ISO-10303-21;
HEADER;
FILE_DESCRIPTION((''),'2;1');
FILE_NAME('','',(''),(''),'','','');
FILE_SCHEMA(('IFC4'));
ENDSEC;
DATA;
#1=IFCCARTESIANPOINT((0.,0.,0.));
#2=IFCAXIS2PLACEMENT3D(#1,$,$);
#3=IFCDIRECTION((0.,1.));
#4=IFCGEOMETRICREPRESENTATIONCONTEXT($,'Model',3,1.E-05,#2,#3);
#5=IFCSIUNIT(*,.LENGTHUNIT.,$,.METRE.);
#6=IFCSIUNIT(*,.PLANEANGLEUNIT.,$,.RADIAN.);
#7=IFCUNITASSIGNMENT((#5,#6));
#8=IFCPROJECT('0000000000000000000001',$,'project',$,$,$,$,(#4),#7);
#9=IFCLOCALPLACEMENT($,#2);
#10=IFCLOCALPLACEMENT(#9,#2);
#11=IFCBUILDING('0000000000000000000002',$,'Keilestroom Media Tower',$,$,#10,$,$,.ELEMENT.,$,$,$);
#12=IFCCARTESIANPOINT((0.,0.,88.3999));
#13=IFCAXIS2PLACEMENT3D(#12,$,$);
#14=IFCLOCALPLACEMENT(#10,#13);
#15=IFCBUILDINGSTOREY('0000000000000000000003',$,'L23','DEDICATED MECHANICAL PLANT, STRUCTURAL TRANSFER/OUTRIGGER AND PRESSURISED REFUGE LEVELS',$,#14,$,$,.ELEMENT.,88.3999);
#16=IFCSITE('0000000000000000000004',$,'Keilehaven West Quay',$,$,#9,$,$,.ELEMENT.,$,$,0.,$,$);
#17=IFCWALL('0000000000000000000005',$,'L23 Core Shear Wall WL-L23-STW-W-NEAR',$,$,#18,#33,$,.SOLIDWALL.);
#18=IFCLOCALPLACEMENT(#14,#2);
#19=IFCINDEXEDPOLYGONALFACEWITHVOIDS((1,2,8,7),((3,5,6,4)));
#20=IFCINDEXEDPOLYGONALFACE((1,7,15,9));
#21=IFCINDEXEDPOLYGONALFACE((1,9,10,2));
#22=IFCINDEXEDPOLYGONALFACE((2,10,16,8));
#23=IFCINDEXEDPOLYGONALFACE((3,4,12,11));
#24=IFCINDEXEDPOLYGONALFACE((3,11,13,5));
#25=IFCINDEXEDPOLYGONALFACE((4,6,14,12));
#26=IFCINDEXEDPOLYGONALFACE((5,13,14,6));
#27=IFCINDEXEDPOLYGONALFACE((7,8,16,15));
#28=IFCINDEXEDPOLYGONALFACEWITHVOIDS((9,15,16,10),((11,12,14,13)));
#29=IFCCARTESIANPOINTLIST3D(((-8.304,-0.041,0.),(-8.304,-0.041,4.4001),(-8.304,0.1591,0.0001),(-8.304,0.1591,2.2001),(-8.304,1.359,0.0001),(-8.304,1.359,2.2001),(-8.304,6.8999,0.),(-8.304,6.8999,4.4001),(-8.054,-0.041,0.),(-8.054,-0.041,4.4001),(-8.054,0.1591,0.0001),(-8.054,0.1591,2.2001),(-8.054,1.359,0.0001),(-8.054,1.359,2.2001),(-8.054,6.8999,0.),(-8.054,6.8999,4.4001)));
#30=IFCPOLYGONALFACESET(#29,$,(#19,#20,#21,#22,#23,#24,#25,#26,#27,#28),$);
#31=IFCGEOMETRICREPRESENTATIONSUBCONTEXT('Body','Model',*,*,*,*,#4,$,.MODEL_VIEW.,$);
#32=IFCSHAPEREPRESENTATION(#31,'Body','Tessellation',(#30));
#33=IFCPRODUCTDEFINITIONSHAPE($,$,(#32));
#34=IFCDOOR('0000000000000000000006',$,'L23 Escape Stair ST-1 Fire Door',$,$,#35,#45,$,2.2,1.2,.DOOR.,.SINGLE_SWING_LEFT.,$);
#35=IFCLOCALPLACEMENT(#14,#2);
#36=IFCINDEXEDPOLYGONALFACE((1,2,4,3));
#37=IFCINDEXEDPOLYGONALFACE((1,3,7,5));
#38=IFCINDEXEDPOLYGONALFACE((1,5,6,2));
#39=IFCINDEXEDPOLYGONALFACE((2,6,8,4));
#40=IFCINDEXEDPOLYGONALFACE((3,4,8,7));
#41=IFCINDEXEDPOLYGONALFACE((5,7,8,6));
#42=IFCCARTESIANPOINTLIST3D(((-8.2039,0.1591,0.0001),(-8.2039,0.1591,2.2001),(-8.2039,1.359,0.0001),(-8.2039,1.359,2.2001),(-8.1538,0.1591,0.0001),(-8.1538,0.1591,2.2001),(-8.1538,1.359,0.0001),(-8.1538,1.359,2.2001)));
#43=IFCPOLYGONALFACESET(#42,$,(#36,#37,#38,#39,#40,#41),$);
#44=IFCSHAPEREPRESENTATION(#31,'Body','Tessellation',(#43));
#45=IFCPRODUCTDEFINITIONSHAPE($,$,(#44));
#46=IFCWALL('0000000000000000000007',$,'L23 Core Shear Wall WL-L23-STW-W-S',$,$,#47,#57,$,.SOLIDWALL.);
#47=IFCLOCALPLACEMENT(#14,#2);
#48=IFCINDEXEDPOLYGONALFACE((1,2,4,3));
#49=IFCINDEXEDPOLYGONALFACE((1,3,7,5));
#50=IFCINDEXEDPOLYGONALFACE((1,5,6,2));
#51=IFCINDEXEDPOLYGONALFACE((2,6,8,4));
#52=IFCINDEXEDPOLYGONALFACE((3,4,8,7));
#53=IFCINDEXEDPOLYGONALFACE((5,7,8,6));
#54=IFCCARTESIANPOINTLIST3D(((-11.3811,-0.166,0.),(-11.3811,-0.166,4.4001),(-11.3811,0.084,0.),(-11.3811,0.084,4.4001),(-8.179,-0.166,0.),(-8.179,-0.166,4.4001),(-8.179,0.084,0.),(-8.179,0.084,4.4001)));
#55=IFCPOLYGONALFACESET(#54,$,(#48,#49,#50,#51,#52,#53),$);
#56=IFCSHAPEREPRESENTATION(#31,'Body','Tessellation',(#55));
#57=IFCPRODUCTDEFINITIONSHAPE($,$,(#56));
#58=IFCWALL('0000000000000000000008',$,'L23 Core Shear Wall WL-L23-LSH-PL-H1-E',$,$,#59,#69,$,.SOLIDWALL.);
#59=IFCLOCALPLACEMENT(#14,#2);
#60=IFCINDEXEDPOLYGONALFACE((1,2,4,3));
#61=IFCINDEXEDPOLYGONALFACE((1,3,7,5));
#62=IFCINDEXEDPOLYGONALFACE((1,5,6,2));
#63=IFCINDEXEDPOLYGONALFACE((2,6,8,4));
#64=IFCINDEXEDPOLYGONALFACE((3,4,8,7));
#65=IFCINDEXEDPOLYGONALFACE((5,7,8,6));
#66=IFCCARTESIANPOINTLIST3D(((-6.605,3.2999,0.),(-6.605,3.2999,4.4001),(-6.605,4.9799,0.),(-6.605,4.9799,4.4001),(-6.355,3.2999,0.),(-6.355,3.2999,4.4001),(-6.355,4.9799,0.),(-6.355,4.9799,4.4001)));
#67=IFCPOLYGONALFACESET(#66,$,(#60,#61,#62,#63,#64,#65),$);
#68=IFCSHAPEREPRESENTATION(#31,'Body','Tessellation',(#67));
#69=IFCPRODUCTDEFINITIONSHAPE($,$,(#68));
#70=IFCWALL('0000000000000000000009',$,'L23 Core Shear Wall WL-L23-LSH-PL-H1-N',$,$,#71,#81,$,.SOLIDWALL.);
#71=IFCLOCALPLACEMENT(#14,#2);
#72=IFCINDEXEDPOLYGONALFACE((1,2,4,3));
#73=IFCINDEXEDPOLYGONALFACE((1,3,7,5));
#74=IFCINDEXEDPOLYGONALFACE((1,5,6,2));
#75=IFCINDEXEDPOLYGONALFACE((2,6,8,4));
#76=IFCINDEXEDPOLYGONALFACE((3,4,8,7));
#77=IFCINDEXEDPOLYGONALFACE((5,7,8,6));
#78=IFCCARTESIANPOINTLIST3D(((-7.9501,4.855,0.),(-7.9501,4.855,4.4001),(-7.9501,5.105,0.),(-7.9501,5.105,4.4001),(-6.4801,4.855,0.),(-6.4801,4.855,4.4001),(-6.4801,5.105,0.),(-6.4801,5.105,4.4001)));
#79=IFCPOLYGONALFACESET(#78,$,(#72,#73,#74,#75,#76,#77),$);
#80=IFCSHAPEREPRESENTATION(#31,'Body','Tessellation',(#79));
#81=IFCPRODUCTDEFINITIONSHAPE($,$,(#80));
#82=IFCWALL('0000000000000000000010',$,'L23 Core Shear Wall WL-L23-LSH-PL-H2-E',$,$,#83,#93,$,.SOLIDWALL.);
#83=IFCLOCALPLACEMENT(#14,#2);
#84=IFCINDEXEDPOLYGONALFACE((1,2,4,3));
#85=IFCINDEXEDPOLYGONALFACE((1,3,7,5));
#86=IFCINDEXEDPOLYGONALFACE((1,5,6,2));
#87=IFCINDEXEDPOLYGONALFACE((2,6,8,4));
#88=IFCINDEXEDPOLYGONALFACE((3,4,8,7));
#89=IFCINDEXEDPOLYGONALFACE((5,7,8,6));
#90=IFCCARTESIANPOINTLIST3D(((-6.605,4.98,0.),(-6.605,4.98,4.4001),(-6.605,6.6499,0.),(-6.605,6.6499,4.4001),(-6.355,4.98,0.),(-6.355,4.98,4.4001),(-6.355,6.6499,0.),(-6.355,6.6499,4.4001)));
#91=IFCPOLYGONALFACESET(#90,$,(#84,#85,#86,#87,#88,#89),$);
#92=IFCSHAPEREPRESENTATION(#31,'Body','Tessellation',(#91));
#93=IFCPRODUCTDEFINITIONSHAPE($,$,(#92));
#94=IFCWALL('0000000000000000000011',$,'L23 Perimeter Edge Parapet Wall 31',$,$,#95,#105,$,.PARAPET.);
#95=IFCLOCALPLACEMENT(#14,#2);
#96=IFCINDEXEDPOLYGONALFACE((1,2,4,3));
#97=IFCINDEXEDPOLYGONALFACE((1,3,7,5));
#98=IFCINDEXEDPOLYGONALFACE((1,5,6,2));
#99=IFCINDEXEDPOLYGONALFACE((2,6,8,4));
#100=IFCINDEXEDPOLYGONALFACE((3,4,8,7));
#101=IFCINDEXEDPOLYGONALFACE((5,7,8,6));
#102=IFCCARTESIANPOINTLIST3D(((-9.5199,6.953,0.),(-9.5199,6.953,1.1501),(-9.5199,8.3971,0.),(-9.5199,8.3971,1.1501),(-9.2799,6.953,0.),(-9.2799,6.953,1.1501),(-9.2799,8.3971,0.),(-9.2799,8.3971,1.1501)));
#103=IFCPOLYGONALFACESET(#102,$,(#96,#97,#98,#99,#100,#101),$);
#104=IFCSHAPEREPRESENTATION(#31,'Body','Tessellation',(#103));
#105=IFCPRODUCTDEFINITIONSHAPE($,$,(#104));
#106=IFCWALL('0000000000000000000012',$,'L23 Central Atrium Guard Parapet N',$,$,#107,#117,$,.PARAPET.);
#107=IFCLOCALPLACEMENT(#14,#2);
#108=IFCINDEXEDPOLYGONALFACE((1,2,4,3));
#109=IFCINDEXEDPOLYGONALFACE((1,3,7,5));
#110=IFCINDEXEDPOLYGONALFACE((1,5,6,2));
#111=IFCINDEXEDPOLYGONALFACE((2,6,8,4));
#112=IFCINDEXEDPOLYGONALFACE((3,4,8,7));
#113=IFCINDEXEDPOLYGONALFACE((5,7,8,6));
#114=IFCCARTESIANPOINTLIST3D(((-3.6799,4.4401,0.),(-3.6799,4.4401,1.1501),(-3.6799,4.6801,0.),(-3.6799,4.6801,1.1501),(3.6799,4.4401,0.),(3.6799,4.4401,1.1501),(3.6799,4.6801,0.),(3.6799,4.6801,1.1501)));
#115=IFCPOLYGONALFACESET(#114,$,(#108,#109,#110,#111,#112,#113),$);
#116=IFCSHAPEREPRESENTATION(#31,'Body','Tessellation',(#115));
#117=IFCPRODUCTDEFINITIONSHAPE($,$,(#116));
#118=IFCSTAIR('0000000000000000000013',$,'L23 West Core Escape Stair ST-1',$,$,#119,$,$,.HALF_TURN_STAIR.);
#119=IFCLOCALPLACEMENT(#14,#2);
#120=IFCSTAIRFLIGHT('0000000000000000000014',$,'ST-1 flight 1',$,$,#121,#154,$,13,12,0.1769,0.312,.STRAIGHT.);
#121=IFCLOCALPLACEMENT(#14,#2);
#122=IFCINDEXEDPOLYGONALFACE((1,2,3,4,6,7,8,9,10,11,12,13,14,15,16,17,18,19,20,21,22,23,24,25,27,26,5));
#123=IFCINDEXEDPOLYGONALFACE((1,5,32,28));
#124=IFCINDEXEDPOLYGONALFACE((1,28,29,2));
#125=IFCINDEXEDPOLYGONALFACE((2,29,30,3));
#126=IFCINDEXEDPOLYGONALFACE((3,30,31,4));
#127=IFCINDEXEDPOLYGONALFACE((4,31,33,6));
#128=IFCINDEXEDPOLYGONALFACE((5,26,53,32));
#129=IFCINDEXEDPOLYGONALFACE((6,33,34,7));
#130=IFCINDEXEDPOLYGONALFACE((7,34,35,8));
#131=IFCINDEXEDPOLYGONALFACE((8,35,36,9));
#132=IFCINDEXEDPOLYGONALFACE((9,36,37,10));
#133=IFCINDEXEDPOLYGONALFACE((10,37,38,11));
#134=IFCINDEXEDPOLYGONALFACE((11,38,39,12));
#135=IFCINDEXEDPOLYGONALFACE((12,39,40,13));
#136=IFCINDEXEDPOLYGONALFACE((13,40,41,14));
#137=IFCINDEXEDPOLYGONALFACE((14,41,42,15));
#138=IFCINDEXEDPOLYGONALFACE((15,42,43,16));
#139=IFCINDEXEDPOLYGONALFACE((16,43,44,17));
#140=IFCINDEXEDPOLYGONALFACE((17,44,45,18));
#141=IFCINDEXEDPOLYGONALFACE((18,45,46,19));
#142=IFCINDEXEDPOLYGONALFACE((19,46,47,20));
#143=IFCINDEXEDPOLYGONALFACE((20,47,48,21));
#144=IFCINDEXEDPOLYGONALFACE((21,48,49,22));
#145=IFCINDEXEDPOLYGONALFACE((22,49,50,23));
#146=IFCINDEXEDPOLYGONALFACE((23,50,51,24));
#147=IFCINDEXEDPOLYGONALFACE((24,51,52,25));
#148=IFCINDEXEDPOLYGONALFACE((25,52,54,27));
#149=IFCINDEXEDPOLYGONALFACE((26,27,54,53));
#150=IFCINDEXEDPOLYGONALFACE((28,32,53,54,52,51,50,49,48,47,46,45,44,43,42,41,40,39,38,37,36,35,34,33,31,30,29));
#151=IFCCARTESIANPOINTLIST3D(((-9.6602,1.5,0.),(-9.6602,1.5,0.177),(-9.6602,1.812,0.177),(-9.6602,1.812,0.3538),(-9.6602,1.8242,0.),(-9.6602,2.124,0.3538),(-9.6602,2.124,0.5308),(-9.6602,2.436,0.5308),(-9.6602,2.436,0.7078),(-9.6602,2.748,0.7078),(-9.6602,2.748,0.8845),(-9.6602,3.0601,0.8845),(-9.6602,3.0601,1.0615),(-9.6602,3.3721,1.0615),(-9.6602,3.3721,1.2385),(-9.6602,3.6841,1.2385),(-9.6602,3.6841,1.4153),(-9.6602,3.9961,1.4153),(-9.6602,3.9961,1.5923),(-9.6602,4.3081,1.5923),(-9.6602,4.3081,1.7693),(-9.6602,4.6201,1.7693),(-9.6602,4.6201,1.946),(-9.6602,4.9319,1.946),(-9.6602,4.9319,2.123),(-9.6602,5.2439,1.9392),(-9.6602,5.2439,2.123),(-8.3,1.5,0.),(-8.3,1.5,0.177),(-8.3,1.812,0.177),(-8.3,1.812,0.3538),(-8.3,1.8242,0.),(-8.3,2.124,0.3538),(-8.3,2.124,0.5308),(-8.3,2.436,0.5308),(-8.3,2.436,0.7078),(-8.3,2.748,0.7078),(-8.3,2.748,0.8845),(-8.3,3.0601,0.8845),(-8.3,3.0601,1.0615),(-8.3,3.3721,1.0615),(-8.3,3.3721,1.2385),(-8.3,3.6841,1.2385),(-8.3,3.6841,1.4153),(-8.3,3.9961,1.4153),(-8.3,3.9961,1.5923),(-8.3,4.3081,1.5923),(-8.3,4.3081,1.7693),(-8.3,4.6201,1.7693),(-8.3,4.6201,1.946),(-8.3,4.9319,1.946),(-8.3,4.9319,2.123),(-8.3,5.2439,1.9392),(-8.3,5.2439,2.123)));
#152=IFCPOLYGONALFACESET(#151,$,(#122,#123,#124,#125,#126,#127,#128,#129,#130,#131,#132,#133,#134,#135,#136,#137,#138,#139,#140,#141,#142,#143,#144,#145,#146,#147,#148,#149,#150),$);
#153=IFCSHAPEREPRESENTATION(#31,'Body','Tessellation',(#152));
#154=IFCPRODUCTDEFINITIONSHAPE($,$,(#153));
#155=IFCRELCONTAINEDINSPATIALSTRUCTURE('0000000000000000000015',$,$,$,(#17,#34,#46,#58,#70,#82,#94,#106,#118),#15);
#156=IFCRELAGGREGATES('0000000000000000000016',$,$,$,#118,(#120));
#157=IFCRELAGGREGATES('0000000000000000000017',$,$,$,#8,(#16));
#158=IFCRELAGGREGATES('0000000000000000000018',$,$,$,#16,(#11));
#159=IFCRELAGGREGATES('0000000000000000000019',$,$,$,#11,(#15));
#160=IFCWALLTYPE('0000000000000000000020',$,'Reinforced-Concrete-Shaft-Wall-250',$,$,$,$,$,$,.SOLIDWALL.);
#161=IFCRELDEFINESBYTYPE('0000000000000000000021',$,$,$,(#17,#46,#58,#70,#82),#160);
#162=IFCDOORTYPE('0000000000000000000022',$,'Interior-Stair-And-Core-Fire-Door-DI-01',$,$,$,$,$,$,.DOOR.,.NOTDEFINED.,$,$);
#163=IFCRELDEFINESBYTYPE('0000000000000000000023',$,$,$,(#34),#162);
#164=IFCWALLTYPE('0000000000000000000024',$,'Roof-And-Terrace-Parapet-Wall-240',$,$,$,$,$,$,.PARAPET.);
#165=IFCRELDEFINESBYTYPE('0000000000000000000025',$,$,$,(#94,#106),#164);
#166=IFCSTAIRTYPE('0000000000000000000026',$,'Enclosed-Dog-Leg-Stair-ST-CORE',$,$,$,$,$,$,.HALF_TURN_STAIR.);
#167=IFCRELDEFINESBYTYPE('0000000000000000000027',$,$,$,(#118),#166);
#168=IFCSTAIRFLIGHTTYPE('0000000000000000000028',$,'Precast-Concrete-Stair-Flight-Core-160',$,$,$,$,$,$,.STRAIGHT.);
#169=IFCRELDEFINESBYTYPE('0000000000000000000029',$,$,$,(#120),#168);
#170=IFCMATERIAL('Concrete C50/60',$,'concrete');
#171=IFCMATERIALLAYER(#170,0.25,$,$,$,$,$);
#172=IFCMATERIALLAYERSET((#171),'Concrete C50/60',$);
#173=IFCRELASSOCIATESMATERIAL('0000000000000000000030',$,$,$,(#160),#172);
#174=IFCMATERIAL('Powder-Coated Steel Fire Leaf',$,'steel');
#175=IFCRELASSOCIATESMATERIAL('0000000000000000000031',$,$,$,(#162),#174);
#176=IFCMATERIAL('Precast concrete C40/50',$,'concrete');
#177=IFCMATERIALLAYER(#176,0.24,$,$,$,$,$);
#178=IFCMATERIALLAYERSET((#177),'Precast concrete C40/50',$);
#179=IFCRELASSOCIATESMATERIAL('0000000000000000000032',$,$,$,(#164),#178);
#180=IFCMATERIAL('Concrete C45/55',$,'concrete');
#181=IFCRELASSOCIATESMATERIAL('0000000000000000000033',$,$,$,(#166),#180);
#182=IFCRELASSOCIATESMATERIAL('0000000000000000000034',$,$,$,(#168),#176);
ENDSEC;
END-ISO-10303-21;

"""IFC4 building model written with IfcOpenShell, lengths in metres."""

from ifc_helpers import new_model, si_unit, direction, frame, frame_2d, origin, place, context, subcontext, project, spatial, polyline, rectangle, outline, extrude, source, transform, mapped, material, layer, layer_set, type_object, element, fill, aggregate, save


model = new_model("IFC4")

# Units and contexts
model_context = context("Model", 3, precision=1e-05, world=origin(), true_north=direction((0.0, 1.0)))
body_context = subcontext(model_context, "Body", "Model", "MODEL_VIEW")
ifc_project = project(units=[si_unit("LENGTHUNIT", "METRE"), si_unit("PLANEANGLEUNIT", "RADIAN")], contexts=[model_context])

# Site, building, storey
site_placement = place(None, origin())
site = spatial("IfcSite", under=ifc_project, at=site_placement, Name="Keilehaven West Quay", CompositionType="ELEMENT", RefElevation=0.0)
building_placement = place(site_placement, origin())
building = spatial("IfcBuilding", under=site, at=building_placement, Name="Keilestroom Media Tower", CompositionType="ELEMENT")
storey_placement = place(building_placement, frame((0.0, 0.0, 88.3999)))
storey = spatial("IfcBuildingStorey", under=building, at=storey_placement, Name="L23", Description="DEDICATED MECHANICAL PLANT, STRUCTURAL TRANSFER/OUTRIGGER AND PRESSURISED REFUGE LEVELS", CompositionType="ELEMENT", Elevation=88.3999)

# Shared definitions
ifc_material_1 = material(Name="Concrete C50/60", Category="concrete")

# Shared definitions
ifc_layer_1 = layer(ifc_material_1, 0.25)
ifc_layer_set_1 = layer_set([ifc_layer_1], Name="Concrete C50/60")
wall_type_1 = type_object("IfcWallType", Name="Reinforced-Concrete-Shaft-Wall-250", PredefinedType="SOLIDWALL", material=ifc_layer_set_1)

# Wall, opening, door
wall_1_placement = place(storey_placement, frame((-8.179, -0.041, 0.0), z_axis=(0.0, 0.0, 1.0), x_axis=(0.0, 1.0, 0.0)))
wall_1 = element("IfcWall", 1, at=wall_1_placement, inside=storey, type_object=wall_type_1, Name="L23 Core Shear Wall WL-L23-STW-W-NEAR", PredefinedType="SOLIDWALL", context=body_context, shape_type="SweptSolid", body=[
    extrude(rectangle(XDim=6.9409, YDim=0.25, at=frame_2d((3.4705, 0.0))), origin(), (0.0, 0.0, 1.0), 4.4001),
])
opening_placement = place(wall_1_placement, frame((0.2, 0.0, 0.0)))
opening = element("IfcOpeningElement", 2, at=opening_placement, cuts=wall_1, PredefinedType="OPENING", context=body_context, shape_type="SweptSolid", body=[
    extrude(rectangle(XDim=1.2, YDim=2.2, at=frame_2d((0.6001, 1.1001))), frame((0.0, 0.135, 0.0), z_axis=(0.0, -1.0, 0.0), x_axis=(1.0, 0.0, 0.0)), (0.0, 0.0, 1.0), 0.27),
])
ifc_material_2 = material(Name="Powder-Coated Steel Fire Leaf", Category="steel")
door_type = type_object("IfcDoorType", Name="Interior-Stair-And-Core-Fire-Door-DI-01", OperationType="NOTDEFINED", PredefinedType="DOOR", material=ifc_material_2)
shared_shape_1 = source(origin(), body_context, "Body", "SweptSolid", [
    extrude(rectangle(XDim=1.2, YDim=2.2, at=frame_2d((0.6001, 1.1001))), frame((0.0, 0.0249, 0.0), z_axis=(0.0, -1.0, 0.0), x_axis=(1.0, 0.0, 0.0)), (0.0, 0.0, 1.0), 0.05),
])
door_placement = place(opening_placement, origin())
door = element("IfcDoor", 3, at=door_placement, inside=storey, type_object=door_type, Name="L23 Escape Stair ST-1 Fire Door", OperationType="SINGLE_SWING_LEFT", OverallHeight=2.2, OverallWidth=1.2, PredefinedType="DOOR", context=body_context, shape_type="MappedRepresentation", body=[
    mapped(shared_shape_1, transform((0.0, 0.0, 0.0), x_axis=(1.0, 0.0, 0.0), y_axis=(0.0, 1.0, 0.0), z_axis=(0.0, 0.0, 1.0), scale=1.0)),
])
fill(opening, door)

# Walls
wall_2_placement = place(storey_placement, frame((-11.3811, -0.041, 0.0), z_axis=(0.0, 0.0, 1.0), x_axis=(1.0, 0.0, 0.0)))
element("IfcWall", 4, at=wall_2_placement, inside=storey, type_object=wall_type_1, Name="L23 Core Shear Wall WL-L23-STW-W-S", PredefinedType="SOLIDWALL", context=body_context, shape_type="SweptSolid", body=[
    extrude(rectangle(XDim=3.2021, YDim=0.25, at=frame_2d((1.6011, 0.0))), origin(), (0.0, 0.0, 1.0), 4.4001),
])
wall_3_placement = place(storey_placement, frame((-6.48, 3.3, 0.0), z_axis=(0.0, 0.0, 1.0), x_axis=(0.0, 1.0, 0.0)))
element("IfcWall", 5, at=wall_3_placement, inside=storey, type_object=wall_type_1, Name="L23 Core Shear Wall WL-L23-LSH-PL-H1-E", PredefinedType="SOLIDWALL", context=body_context, shape_type="SweptSolid", body=[
    extrude(rectangle(XDim=1.6799, YDim=0.25, at=frame_2d((0.8398, 0.0))), origin(), (0.0, 0.0, 1.0), 4.4001),
])
wall_4_placement = place(storey_placement, frame((-7.95, 4.98, 0.0), z_axis=(0.0, 0.0, 1.0), x_axis=(1.0, 0.0, 0.0)))
element("IfcWall", 6, at=wall_4_placement, inside=storey, type_object=wall_type_1, Name="L23 Core Shear Wall WL-L23-LSH-PL-H1-N", PredefinedType="SOLIDWALL", context=body_context, shape_type="SweptSolid", body=[
    extrude(rectangle(XDim=1.47, YDim=0.25, at=frame_2d((0.7349, 0.0))), origin(), (0.0, 0.0, 1.0), 4.4001),
])
wall_5_placement = place(storey_placement, frame((-6.48, 4.98, 0.0), z_axis=(0.0, 0.0, 1.0), x_axis=(0.0, 1.0, 0.0)))
element("IfcWall", 7, at=wall_5_placement, inside=storey, type_object=wall_type_1, Name="L23 Core Shear Wall WL-L23-LSH-PL-H2-E", PredefinedType="SOLIDWALL", context=body_context, shape_type="SweptSolid", body=[
    extrude(rectangle(XDim=1.6699, YDim=0.25, at=frame_2d((0.835, 0.0))), origin(), (0.0, 0.0, 1.0), 4.4001),
])
ifc_material_3 = material(Name="Precast concrete C40/50", Category="concrete")
ifc_layer_2 = layer(ifc_material_3, 0.24)
ifc_layer_set_2 = layer_set([ifc_layer_2], Name="Precast concrete C40/50")
wall_type_2 = type_object("IfcWallType", Name="Roof-And-Terrace-Parapet-Wall-240", PredefinedType="PARAPET", material=ifc_layer_set_2)
wall_6_placement = place(storey_placement, frame((-9.3999, 6.9529, 0.0), z_axis=(0.0, 0.0, 1.0), x_axis=(0.0, 1.0, 0.0)))
element("IfcWall", 8, at=wall_6_placement, inside=storey, type_object=wall_type_2, Name="L23 Perimeter Edge Parapet Wall 31", PredefinedType="PARAPET", context=body_context, shape_type="SweptSolid", body=[
    extrude(rectangle(XDim=1.4441, YDim=0.24, at=frame_2d((0.7222, 0.0))), origin(), (0.0, 0.0, 1.0), 1.1501),
])
wall_7_placement = place(storey_placement, frame((-3.6799, 4.5601, 0.0), z_axis=(0.0, 0.0, 1.0), x_axis=(1.0, 0.0, 0.0)))
element("IfcWall", 9, at=wall_7_placement, inside=storey, type_object=wall_type_2, Name="L23 Central Atrium Guard Parapet N", PredefinedType="PARAPET", context=body_context, shape_type="SweptSolid", body=[
    extrude(rectangle(XDim=7.3599, YDim=0.24, at=frame_2d((3.6799, 0.0))), origin(), (0.0, 0.0, 1.0), 1.1501),
])

# Stair, stair flight
ifc_material_4 = material(Name="Concrete C45/55", Category="concrete")
stair_type = type_object("IfcStairType", Name="Enclosed-Dog-Leg-Stair-ST-CORE", PredefinedType="HALF_TURN_STAIR", material=ifc_material_4)
stair_placement = place(storey_placement, origin())
stair = element("IfcStair", 10, at=stair_placement, inside=storey, type_object=stair_type, Name="L23 West Core Escape Stair ST-1", PredefinedType="HALF_TURN_STAIR")
stair_flight_type = type_object("IfcStairFlightType", Name="Precast-Concrete-Stair-Flight-Core-160", PredefinedType="STRAIGHT", material=ifc_material_3)
stair_flight_1_placement = place(storey_placement, frame((-8.98, 1.5, 0.0), z_axis=(0.0, 0.0, 1.0), x_axis=(0.0, 1.0, 0.0)))
stair_flight_1 = element("IfcStairFlight", 11, at=stair_flight_1_placement, type_object=stair_flight_type, Name="ST-1 flight 1", NumberOfRisers=13, NumberOfTreads=12, PredefinedType="STRAIGHT", RiserHeight=0.1769, TreadLength=0.312, context=body_context, shape_type="SweptSolid", body=[
    extrude(outline(polyline([(0.0, 0.0), (0.0, 0.177), (0.312, 0.177), (0.312, 0.3538), (0.624, 0.3538), (0.624, 0.5308), (0.936, 0.5308), (0.936, 0.7078), (1.248, 0.7078), (1.248, 0.8845), (1.5601, 0.8845), (1.5601, 1.0615), (1.8721, 1.0615), (1.8721, 1.2385), (2.1841, 1.2385), (2.1841, 1.4153), (2.4961, 1.4153), (2.4961, 1.5923), (2.8081, 1.5923), (2.8081, 1.7693), (3.1201, 1.7693), (3.1201, 1.946), (3.4319, 1.946), (3.4319, 2.123), (3.7439, 2.123), (3.7439, 2.3), (3.7439, 1.9392), (0.3242, 0.0), (0.0, 0.0)])), frame((0.0, 0.6802, 0.0), z_axis=(0.0, -1.0, 0.0), x_axis=(1.0, 0.0, 0.0)), (0.0, 0.0, 1.0), 1.3601),
])
aggregate(stair, [stair_flight_1])

save(model, "model.ifc")
